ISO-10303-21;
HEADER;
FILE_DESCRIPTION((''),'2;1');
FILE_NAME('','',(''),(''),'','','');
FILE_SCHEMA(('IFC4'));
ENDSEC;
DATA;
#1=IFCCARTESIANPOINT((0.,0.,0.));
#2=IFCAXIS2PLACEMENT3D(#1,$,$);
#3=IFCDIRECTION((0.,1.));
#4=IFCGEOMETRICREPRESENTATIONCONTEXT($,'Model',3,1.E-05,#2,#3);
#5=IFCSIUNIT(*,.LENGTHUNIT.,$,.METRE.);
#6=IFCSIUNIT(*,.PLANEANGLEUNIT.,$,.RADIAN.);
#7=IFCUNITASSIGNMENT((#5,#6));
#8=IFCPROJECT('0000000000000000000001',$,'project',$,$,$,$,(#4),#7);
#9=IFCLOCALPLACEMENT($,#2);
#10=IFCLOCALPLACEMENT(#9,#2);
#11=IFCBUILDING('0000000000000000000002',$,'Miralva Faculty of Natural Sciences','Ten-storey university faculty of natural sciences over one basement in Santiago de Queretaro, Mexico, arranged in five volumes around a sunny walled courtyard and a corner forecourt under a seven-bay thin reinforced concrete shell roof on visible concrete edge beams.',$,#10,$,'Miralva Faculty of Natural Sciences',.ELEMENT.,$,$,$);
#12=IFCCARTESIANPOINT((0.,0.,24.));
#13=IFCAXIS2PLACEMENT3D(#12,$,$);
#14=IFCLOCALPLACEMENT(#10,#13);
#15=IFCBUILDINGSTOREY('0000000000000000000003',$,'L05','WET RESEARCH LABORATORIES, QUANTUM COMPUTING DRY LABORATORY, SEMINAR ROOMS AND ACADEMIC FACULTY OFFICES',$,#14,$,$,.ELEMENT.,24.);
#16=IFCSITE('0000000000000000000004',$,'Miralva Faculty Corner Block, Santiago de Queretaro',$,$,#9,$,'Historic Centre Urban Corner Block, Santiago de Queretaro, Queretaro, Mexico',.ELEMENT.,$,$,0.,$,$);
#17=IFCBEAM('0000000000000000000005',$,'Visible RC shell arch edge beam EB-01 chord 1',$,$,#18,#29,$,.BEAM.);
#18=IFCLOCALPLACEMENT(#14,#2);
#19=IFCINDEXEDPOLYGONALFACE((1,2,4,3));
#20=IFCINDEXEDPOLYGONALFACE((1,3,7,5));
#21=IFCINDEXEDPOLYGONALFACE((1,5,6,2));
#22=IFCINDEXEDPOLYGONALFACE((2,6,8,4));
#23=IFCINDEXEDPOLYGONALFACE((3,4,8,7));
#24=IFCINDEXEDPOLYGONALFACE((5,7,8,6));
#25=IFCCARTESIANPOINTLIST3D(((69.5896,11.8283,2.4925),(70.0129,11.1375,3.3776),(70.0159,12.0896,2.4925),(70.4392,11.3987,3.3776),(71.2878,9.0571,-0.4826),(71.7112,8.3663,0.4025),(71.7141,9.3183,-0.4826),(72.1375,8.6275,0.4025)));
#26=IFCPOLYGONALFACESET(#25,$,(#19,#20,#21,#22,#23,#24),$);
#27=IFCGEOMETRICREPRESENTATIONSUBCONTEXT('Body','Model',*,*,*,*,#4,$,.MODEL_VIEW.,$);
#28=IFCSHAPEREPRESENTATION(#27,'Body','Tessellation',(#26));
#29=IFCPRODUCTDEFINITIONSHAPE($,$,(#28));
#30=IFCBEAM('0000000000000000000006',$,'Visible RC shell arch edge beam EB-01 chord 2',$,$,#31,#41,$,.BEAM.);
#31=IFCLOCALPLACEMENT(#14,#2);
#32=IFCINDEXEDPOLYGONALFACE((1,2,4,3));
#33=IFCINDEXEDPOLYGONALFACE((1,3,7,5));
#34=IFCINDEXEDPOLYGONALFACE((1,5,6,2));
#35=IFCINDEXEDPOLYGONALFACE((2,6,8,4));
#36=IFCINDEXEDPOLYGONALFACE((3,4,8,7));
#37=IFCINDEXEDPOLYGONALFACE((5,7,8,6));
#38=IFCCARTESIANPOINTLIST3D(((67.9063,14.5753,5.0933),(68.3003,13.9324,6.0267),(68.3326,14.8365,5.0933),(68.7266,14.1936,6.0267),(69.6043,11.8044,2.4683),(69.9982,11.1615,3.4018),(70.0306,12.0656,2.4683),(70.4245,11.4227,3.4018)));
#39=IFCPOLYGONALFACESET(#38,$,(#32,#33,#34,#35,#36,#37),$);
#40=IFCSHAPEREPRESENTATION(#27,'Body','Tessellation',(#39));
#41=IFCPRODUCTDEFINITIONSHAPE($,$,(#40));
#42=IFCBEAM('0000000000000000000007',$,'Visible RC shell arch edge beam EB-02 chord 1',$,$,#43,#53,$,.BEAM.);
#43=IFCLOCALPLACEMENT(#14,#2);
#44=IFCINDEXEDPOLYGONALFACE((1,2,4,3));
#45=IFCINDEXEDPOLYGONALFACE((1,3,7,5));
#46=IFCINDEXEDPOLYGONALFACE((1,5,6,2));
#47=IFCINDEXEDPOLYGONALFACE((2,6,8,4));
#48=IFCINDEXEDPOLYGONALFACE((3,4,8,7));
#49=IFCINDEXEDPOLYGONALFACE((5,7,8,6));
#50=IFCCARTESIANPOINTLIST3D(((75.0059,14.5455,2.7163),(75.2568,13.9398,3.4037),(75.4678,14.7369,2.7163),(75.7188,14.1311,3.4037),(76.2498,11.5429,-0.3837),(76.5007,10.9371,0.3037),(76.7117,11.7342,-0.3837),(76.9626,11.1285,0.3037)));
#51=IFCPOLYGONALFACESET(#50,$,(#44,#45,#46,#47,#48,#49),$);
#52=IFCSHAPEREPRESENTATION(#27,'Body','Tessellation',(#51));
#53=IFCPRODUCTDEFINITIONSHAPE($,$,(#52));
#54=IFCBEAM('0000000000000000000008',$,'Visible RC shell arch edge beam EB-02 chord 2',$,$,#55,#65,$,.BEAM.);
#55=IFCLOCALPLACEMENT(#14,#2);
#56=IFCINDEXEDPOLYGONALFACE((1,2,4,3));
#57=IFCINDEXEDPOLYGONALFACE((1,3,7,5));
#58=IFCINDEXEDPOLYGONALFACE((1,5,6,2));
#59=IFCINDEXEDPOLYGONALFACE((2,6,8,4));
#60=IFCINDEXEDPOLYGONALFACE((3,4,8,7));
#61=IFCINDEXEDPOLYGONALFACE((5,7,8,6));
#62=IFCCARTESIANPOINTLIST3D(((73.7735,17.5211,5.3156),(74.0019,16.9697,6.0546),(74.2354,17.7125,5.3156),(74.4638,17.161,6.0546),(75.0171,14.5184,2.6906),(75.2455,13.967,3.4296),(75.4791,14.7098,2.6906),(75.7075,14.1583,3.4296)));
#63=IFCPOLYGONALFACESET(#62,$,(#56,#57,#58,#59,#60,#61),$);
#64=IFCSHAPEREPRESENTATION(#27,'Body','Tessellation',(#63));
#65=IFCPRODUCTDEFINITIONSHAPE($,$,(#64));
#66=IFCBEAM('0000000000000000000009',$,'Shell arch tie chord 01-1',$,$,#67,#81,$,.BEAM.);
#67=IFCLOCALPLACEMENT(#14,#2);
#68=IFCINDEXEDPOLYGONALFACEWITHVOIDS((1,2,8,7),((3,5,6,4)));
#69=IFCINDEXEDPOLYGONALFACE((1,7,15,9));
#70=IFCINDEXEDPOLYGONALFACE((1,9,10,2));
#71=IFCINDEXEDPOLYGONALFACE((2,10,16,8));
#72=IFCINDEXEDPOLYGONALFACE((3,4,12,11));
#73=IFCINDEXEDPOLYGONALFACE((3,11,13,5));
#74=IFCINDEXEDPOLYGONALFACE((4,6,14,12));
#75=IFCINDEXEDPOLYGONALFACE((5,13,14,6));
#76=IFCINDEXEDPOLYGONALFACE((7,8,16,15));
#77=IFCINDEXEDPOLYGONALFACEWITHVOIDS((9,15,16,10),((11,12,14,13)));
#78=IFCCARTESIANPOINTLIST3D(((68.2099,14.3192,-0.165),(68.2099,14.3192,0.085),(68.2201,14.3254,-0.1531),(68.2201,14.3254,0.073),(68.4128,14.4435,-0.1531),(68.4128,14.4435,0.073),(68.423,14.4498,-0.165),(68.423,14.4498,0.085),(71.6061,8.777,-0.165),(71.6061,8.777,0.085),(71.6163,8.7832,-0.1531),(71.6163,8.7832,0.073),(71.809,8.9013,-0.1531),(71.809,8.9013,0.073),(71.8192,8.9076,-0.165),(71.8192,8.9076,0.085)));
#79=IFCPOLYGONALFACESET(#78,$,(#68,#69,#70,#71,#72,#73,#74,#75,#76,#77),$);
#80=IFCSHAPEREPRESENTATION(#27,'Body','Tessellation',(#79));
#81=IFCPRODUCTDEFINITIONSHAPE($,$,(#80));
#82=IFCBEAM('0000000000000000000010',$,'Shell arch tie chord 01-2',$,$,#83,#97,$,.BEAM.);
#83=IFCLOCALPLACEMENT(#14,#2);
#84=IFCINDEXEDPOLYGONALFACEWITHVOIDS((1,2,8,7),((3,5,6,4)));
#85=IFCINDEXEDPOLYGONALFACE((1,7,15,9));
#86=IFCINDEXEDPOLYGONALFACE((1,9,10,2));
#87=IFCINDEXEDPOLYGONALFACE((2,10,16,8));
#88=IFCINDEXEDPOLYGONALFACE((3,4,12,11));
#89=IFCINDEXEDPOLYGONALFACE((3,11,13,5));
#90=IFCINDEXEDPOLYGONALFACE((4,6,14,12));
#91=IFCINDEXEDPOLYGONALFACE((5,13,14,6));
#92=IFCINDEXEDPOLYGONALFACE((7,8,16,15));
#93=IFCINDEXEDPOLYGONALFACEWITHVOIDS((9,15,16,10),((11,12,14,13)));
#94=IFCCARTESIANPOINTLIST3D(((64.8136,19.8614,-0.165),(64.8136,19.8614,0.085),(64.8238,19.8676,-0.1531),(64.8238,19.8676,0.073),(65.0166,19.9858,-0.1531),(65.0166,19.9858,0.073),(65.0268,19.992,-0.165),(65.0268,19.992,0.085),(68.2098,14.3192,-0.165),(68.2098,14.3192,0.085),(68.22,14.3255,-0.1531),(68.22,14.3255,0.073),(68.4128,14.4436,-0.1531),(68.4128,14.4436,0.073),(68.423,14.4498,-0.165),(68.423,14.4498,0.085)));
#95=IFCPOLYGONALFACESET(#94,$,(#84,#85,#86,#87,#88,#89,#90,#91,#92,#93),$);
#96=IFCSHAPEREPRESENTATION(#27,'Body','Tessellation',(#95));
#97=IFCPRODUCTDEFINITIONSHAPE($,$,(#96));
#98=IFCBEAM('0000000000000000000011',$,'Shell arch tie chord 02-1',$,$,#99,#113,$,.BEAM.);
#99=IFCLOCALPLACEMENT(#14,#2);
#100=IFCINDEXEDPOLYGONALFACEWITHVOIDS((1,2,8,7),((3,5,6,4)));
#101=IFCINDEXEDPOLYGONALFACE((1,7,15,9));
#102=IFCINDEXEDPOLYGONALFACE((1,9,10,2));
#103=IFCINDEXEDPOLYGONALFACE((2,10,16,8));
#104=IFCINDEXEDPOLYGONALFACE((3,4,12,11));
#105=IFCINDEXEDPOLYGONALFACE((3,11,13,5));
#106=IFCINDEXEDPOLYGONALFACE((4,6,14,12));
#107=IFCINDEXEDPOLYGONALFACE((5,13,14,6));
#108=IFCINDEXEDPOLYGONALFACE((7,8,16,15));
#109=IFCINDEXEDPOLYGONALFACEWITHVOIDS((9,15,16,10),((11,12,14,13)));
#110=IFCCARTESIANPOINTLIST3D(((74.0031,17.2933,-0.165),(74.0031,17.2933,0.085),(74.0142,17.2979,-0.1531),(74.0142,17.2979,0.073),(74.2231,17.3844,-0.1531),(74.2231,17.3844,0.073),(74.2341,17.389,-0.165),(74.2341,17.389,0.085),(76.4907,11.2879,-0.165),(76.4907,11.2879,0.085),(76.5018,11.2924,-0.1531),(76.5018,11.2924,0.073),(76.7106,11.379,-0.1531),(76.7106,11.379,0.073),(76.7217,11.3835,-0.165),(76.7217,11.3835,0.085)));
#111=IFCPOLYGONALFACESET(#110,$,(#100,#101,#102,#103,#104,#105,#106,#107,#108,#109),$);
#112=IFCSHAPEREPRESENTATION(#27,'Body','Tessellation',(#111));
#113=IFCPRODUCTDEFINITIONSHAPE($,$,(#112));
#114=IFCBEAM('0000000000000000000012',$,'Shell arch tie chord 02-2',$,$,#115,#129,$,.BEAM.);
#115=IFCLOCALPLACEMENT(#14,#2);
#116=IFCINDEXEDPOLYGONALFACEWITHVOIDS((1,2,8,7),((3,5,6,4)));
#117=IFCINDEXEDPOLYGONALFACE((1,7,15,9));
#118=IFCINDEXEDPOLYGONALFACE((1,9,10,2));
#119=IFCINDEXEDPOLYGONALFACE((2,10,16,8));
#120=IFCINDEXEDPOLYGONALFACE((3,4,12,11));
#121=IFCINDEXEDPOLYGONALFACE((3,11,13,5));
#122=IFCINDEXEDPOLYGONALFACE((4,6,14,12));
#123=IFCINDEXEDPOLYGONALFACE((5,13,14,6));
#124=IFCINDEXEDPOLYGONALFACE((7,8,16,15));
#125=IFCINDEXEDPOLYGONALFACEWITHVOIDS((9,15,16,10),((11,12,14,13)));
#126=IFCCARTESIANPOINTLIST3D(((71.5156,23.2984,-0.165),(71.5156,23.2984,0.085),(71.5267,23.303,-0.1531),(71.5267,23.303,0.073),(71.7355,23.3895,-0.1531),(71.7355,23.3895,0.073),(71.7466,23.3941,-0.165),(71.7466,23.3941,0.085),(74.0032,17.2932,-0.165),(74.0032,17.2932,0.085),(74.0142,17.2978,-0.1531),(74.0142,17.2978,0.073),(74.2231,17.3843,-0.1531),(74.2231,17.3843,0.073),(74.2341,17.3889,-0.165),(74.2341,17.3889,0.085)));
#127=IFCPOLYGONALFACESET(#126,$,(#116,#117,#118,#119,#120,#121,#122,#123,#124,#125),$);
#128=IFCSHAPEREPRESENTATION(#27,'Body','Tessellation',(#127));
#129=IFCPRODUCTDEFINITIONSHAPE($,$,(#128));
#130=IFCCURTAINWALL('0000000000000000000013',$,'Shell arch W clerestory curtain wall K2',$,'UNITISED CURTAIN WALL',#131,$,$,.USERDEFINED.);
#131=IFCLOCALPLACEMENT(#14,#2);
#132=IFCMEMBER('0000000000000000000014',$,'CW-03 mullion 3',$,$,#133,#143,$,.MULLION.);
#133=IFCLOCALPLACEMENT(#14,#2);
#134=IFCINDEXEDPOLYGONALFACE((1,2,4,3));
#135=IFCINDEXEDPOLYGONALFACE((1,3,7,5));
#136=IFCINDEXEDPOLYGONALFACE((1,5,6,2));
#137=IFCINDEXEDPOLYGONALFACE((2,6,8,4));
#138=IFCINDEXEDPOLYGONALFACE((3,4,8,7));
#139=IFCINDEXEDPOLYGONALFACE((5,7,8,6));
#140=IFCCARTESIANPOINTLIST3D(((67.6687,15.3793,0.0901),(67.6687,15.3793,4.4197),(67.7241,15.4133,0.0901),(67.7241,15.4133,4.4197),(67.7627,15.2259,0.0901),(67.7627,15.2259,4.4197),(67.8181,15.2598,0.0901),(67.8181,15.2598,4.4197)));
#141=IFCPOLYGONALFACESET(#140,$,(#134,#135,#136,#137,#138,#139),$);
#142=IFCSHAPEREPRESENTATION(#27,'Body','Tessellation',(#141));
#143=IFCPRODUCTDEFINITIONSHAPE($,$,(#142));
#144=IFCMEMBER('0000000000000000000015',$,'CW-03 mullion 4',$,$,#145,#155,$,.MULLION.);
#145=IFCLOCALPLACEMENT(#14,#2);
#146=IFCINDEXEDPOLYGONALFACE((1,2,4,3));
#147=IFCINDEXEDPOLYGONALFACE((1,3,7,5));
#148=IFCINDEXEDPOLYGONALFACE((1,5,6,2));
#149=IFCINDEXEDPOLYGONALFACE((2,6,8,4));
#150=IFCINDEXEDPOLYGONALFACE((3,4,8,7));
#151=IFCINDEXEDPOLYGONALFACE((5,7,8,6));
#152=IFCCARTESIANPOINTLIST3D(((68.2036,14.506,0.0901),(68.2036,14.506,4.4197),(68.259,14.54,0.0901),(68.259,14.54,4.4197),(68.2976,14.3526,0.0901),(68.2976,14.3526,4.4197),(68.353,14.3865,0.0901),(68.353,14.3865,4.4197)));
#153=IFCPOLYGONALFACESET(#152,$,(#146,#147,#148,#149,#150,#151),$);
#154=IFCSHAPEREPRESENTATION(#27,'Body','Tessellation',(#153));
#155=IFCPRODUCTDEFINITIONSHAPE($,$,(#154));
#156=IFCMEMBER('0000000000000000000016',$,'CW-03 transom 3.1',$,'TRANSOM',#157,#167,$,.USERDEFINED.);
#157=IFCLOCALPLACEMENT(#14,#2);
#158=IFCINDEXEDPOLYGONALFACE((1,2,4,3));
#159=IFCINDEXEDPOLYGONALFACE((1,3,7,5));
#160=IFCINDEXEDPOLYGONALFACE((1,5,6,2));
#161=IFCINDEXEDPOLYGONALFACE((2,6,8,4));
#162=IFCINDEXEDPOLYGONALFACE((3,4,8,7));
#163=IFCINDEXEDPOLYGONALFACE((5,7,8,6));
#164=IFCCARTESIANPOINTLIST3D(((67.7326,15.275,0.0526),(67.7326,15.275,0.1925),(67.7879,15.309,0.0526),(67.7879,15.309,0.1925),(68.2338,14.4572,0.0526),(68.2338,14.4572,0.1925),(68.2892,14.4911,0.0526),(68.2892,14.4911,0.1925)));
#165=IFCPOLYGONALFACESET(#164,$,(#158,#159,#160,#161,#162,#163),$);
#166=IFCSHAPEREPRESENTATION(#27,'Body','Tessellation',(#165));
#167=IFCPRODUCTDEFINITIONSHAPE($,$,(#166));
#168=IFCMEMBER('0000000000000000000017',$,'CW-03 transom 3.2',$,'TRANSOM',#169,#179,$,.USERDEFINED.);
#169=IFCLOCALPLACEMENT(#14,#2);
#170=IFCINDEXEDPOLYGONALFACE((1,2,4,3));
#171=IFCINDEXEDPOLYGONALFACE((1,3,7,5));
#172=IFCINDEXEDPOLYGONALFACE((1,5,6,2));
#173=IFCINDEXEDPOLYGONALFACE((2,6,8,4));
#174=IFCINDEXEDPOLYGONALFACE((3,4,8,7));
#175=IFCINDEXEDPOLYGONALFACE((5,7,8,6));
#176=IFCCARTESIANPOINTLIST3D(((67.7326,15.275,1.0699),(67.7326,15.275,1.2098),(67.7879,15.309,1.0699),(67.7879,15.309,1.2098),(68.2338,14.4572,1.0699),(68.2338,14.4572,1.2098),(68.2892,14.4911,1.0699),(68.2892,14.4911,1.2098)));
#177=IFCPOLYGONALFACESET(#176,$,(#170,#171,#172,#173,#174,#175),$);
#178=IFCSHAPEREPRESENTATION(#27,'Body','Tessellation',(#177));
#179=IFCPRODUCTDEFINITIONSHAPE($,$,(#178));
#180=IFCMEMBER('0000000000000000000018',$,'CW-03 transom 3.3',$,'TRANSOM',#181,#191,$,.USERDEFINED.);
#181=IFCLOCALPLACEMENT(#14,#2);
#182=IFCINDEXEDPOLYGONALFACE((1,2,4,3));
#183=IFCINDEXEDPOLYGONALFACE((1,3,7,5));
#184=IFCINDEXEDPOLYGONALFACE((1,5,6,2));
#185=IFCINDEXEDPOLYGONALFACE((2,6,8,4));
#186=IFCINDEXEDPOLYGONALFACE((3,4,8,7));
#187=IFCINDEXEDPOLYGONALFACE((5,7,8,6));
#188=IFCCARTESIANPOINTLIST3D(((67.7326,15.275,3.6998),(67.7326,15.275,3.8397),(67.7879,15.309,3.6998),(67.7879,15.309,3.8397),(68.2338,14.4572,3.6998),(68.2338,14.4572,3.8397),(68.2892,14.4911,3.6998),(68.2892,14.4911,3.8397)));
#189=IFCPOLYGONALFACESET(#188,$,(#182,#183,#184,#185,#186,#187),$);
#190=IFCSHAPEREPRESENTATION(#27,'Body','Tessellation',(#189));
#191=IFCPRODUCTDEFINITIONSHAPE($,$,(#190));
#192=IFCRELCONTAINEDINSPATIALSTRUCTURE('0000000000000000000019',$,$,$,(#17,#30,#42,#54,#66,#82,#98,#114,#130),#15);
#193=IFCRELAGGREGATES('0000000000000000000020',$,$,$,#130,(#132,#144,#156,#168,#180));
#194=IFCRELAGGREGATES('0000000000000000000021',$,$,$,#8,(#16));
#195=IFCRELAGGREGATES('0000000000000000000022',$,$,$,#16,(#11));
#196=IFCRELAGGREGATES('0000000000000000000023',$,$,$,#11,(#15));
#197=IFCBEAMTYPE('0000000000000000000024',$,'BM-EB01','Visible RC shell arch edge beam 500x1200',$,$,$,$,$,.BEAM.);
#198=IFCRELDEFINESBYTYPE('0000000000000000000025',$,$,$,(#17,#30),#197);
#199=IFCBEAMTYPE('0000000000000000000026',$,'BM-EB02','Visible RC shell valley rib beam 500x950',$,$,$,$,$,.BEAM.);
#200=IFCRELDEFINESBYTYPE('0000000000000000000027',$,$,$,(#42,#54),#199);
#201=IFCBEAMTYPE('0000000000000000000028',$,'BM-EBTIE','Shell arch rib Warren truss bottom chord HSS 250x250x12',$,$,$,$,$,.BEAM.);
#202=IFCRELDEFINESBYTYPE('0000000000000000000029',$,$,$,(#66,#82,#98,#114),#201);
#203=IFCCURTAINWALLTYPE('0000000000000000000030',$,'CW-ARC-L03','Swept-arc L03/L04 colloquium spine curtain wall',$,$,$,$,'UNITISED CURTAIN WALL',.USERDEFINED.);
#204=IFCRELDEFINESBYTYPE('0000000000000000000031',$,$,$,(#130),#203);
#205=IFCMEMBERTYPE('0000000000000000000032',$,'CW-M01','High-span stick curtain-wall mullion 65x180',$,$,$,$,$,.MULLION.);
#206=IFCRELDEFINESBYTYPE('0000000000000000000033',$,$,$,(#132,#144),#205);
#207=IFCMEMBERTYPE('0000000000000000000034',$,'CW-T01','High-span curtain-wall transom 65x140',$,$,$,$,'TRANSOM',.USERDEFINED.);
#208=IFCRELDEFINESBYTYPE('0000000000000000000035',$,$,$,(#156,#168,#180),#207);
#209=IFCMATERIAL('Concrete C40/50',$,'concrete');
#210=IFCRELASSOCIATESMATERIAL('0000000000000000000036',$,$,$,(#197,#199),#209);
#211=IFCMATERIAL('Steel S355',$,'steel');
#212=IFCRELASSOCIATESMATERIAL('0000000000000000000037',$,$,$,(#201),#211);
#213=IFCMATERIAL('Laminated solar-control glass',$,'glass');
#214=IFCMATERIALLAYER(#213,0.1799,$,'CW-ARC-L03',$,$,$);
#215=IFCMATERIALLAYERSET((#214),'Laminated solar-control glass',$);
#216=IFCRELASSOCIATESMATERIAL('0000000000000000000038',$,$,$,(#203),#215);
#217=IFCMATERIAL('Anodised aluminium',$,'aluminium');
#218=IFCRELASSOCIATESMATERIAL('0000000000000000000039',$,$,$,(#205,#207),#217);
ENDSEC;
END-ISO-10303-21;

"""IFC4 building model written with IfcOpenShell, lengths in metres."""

from ifc_helpers import new_model, si_unit, direction, frame, origin, origin_2d, place, context, subcontext, project, spatial, rectangle, hollow_rectangle, extrude, material, layer, layer_set, material_profile, profile_set, type_object, element, aggregate, save


model = new_model("IFC4")

# Units and contexts
model_context = context("Model", 3, precision=1e-05, world=origin(), true_north=direction((0.0, 1.0)))
body_context = subcontext(model_context, "Body", "Model", "MODEL_VIEW")
ifc_project = project(units=[si_unit("LENGTHUNIT", "METRE"), si_unit("PLANEANGLEUNIT", "RADIAN")], contexts=[model_context])

# Site, building, storey
site_placement = place(None, origin())
site = spatial("IfcSite", under=ifc_project, at=site_placement, Name="Miralva Faculty Corner Block, Santiago de Queretaro", LongName="Historic Centre Urban Corner Block, Santiago de Queretaro, Queretaro, Mexico", CompositionType="ELEMENT", RefElevation=0.0)
building_placement = place(site_placement, origin())
building = spatial("IfcBuilding", under=site, at=building_placement, Name="Miralva Faculty of Natural Sciences", Description="Ten-storey university faculty of natural sciences over one basement in Santiago de Queretaro, Mexico, arranged in five volumes around a sunny walled courtyard and a corner forecourt under a seven-bay thin reinforced concrete shell roof on visible concrete edge beams.", LongName="Miralva Faculty of Natural Sciences", CompositionType="ELEMENT")
storey_placement = place(building_placement, frame((0.0, 0.0, 24.0)))
storey = spatial("IfcBuildingStorey", under=building, at=storey_placement, Name="L05", Description="WET RESEARCH LABORATORIES, QUANTUM COMPUTING DRY LABORATORY, SEMINAR ROOMS AND ACADEMIC FACULTY OFFICES", CompositionType="ELEMENT", Elevation=24.0)

# Beams
ifc_material_1 = material(Name="Concrete C40/50", Category="concrete")
ifc_material_profile_1 = material_profile(ifc_material_1, rectangle(XDim=0.5, YDim=1.2, at=origin_2d()), Name="RC 500x1200")
ifc_profile_set_1 = profile_set([ifc_material_profile_1], Name="Concrete C40/50")
beam_type_1 = type_object("IfcBeamType", Name="BM-EB01", Description="Visible RC shell arch edge beam 500x1200", PredefinedType="BEAM", material=ifc_profile_set_1)
beam_1_placement = place(storey_placement, frame((71.7126, 8.8423, -0.04), z_axis=(-0.385417, 0.628935, 0.6752), x_axis=(-0.852637, -0.522504, 0.0)))
element("IfcBeam", 1, at=beam_1_placement, inside=storey, type_object=beam_type_1, Name="Visible RC shell arch edge beam EB-01 chord 1", PredefinedType="BEAM", context=body_context, shape_type="SweptSolid", body=[
    extrude(rectangle(XDim=0.5, YDim=1.2, at=origin_2d()), origin(), (0.0, 0.0, 1.0), 4.4062),
])
beam_2_placement = place(storey_placement, frame((70.0144, 11.6135, 2.9351), z_axis=(-0.406454, 0.6633, 0.628353), x_axis=(-0.85265, -0.522483, 0.0)))
element("IfcBeam", 2, at=beam_2_placement, inside=storey, type_object=beam_type_1, Name="Visible RC shell arch edge beam EB-01 chord 2", PredefinedType="BEAM", context=body_context, shape_type="SweptSolid", body=[
    extrude(rectangle(XDim=0.5, YDim=1.2, at=origin_2d()), origin(), (0.0, 0.0, 1.0), 4.1775),
])
ifc_material_profile_2 = material_profile(ifc_material_1, rectangle(XDim=0.5, YDim=0.95, at=origin_2d()), Name="RC 500x950")
ifc_profile_set_2 = profile_set([ifc_material_profile_2], Name="Concrete C40/50")
beam_type_2 = type_object("IfcBeamType", Name="BM-EB02", Description="Visible RC shell valley rib beam 500x950", PredefinedType="BEAM", material=ifc_profile_set_2)
beam_3_placement = place(storey_placement, frame((76.6062, 11.3357, -0.04), z_axis=(-0.276942, 0.668519, 0.690207), x_axis=(-0.923864, -0.382721, 0.0)))
element("IfcBeam", 3, at=beam_3_placement, inside=storey, type_object=beam_type_2, Name="Visible RC shell arch edge beam EB-02 chord 1", PredefinedType="BEAM", context=body_context, shape_type="SweptSolid", body=[
    extrude(rectangle(XDim=0.5, YDim=0.95, at=origin_2d()), origin(), (0.0, 0.0, 1.0), 4.4915),
])
beam_4_placement = place(storey_placement, frame((75.3623, 14.3384, 3.0601), z_axis=(-0.297686, 0.718736, 0.628332), x_axis=(-0.92389, -0.382657, 0.0)))
element("IfcBeam", 4, at=beam_4_placement, inside=storey, type_object=beam_type_2, Name="Visible RC shell arch edge beam EB-02 chord 2", PredefinedType="BEAM", context=body_context, shape_type="SweptSolid", body=[
    extrude(rectangle(XDim=0.5, YDim=0.95, at=origin_2d()), origin(), (0.0, 0.0, 1.0), 4.1777),
])
ifc_material_2 = material(Name="Steel S355", Category="steel")
ifc_material_profile_3 = material_profile(ifc_material_2, hollow_rectangle(XDim=0.25, YDim=0.25, WallThickness=0.012, at=origin_2d()), Name="HSS 250x250x12")
ifc_profile_set_3 = profile_set([ifc_material_profile_3], Name="Steel S355")
beam_type_3 = type_object("IfcBeamType", Name="BM-EBTIE", Description="Shell arch rib Warren truss bottom chord HSS 250x250x12", PredefinedType="BEAM", material=ifc_profile_set_3)
for number, where, z_axis, x_axis, name in (
    (5, (71.7126, 8.8423, -0.04), (-0.522493, 0.852643, 0.0), (-0.852643, -0.522493, 0.0), "Shell arch tie chord 01-1"),
    (6, (68.3164, 14.3845, -0.04), (-0.522493, 0.852643, 0.0), (-0.852643, -0.522493, 0.0), "Shell arch tie chord 01-2"),
):
    element("IfcBeam", number, at=place(storey_placement, frame(where, z_axis=z_axis, x_axis=x_axis)), inside=storey, type_object=beam_type_3, Name=name, PredefinedType="BEAM", context=body_context, shape_type="SweptSolid", body=[
        extrude(hollow_rectangle(XDim=0.25, YDim=0.25, WallThickness=0.012, at=origin_2d()), origin(), (0.0, 0.0, 1.0), 6.5),
    ])
beam_5_placement = place(storey_placement, frame((76.6062, 11.3357, -0.04), z_axis=(-0.382689, 0.923877, 0.0), x_axis=(-0.923877, -0.382689, 0.0)))
element("IfcBeam", 7, at=beam_5_placement, inside=storey, type_object=beam_type_3, Name="Shell arch tie chord 02-1", PredefinedType="BEAM", context=body_context, shape_type="SweptSolid", body=[
    extrude(hollow_rectangle(XDim=0.25, YDim=0.25, WallThickness=0.012, at=origin_2d()), origin(), (0.0, 0.0, 1.0), 6.5002),
])
beam_6_placement = place(storey_placement, frame((74.1187, 17.3411, -0.04), z_axis=(-0.382702, 0.923872, 0.0), x_axis=(-0.923872, -0.382702, 0.0)))
element("IfcBeam", 8, at=beam_6_placement, inside=storey, type_object=beam_type_3, Name="Shell arch tie chord 02-2", PredefinedType="BEAM", context=body_context, shape_type="SweptSolid", body=[
    extrude(hollow_rectangle(XDim=0.25, YDim=0.25, WallThickness=0.012, at=origin_2d()), origin(), (0.0, 0.0, 1.0), 6.5),
])

# Curtain wall, members
ifc_material_3 = material(Name="Laminated solar-control glass", Category="glass")
ifc_layer_1 = layer(ifc_material_3, 0.1799, Name="CW-ARC-L03")
ifc_layer_set_1 = layer_set([ifc_layer_1], Name="Laminated solar-control glass")
curtain_wall_type = type_object("IfcCurtainWallType", Name="CW-ARC-L03", Description="Swept-arc L03/L04 colloquium spine curtain wall", ElementType="UNITISED CURTAIN WALL", PredefinedType="USERDEFINED", material=ifc_layer_set_1)
curtain_wall_placement = place(storey_placement, origin())
curtain_wall = element("IfcCurtainWall", 9, at=curtain_wall_placement, inside=storey, type_object=curtain_wall_type, Name="Shell arch W clerestory curtain wall K2", ObjectType="UNITISED CURTAIN WALL", PredefinedType="USERDEFINED")
ifc_material_4 = material(Name="Anodised aluminium", Category="aluminium")
ifc_material_profile_4 = material_profile(ifc_material_4, rectangle(XDim=0.0649, YDim=0.1799, at=origin_2d()), Name="MULLION 65x180")
ifc_profile_set_4 = profile_set([ifc_material_profile_4], Name="Anodised aluminium")
member_type_1 = type_object("IfcMemberType", Name="CW-M01", Description="High-span stick curtain-wall mullion 65x180", PredefinedType="MULLION", material=ifc_profile_set_4)
member_1_placement = place(storey_placement, frame((67.7434, 15.3196, 0.0901), z_axis=(0.0, 0.0, 1.0), x_axis=(0.852637, 0.522504, 0.0)))
member_1 = element("IfcMember", 10, at=member_1_placement, type_object=member_type_1, Name="CW-03 mullion 3", PredefinedType="MULLION", context=body_context, shape_type="SweptSolid", body=[
    extrude(rectangle(XDim=0.0649, YDim=0.1799, at=origin_2d()), origin(), (0.0, 0.0, 1.0), 4.3296),
])
member_2_placement = place(storey_placement, frame((68.2783, 14.4463, 0.0901), z_axis=(0.0, 0.0, 1.0), x_axis=(0.852637, 0.522504, 0.0)))
member_2 = element("IfcMember", 11, at=member_2_placement, type_object=member_type_1, Name="CW-03 mullion 4", PredefinedType="MULLION", context=body_context, shape_type="SweptSolid", body=[
    extrude(rectangle(XDim=0.0649, YDim=0.1799, at=origin_2d()), origin(), (0.0, 0.0, 1.0), 4.3296),
])
ifc_material_profile_5 = material_profile(ifc_material_4, rectangle(XDim=0.0649, YDim=0.1399, at=origin_2d()), Name="TRANSOM 65x140")
ifc_profile_set_5 = profile_set([ifc_material_profile_5], Name="Anodised aluminium")
member_type_2 = type_object("IfcMemberType", Name="CW-T01", Description="High-span curtain-wall transom 65x140", ElementType="TRANSOM", PredefinedType="USERDEFINED", material=ifc_profile_set_5)
member_3_placement = place(storey_placement, frame((67.7603, 15.292, 0.1226), z_axis=(0.52252, -0.852627, 0.0), x_axis=(0.852627, 0.52252, 0.0)))
member_3 = element("IfcMember", 12, at=member_3_placement, type_object=member_type_2, Name="CW-03 transom 3.1", ObjectType="TRANSOM", PredefinedType="USERDEFINED", context=body_context, shape_type="SweptSolid", body=[
    extrude(rectangle(XDim=0.0649, YDim=0.1399, at=origin_2d()), origin(), (0.0, 0.0, 1.0), 0.9592),
])
member_4_placement = place(storey_placement, frame((67.7603, 15.292, 1.1399), z_axis=(0.52252, -0.852627, 0.0), x_axis=(0.852627, 0.52252, 0.0)))
member_4 = element("IfcMember", 13, at=member_4_placement, type_object=member_type_2, Name="CW-03 transom 3.2", ObjectType="TRANSOM", PredefinedType="USERDEFINED", context=body_context, shape_type="SweptSolid", body=[
    extrude(rectangle(XDim=0.0649, YDim=0.1399, at=origin_2d()), origin(), (0.0, 0.0, 1.0), 0.9592),
])
member_5_placement = place(storey_placement, frame((67.7603, 15.292, 3.7698), z_axis=(0.52252, -0.852627, 0.0), x_axis=(0.852627, 0.52252, 0.0)))
member_5 = element("IfcMember", 14, at=member_5_placement, type_object=member_type_2, Name="CW-03 transom 3.3", ObjectType="TRANSOM", PredefinedType="USERDEFINED", context=body_context, shape_type="SweptSolid", body=[
    extrude(rectangle(XDim=0.0649, YDim=0.1399, at=origin_2d()), origin(), (0.0, 0.0, 1.0), 0.9592),
])

aggregate(curtain_wall, [member_1, member_2, member_3, member_4, member_5])

save(model, "model.ifc")
